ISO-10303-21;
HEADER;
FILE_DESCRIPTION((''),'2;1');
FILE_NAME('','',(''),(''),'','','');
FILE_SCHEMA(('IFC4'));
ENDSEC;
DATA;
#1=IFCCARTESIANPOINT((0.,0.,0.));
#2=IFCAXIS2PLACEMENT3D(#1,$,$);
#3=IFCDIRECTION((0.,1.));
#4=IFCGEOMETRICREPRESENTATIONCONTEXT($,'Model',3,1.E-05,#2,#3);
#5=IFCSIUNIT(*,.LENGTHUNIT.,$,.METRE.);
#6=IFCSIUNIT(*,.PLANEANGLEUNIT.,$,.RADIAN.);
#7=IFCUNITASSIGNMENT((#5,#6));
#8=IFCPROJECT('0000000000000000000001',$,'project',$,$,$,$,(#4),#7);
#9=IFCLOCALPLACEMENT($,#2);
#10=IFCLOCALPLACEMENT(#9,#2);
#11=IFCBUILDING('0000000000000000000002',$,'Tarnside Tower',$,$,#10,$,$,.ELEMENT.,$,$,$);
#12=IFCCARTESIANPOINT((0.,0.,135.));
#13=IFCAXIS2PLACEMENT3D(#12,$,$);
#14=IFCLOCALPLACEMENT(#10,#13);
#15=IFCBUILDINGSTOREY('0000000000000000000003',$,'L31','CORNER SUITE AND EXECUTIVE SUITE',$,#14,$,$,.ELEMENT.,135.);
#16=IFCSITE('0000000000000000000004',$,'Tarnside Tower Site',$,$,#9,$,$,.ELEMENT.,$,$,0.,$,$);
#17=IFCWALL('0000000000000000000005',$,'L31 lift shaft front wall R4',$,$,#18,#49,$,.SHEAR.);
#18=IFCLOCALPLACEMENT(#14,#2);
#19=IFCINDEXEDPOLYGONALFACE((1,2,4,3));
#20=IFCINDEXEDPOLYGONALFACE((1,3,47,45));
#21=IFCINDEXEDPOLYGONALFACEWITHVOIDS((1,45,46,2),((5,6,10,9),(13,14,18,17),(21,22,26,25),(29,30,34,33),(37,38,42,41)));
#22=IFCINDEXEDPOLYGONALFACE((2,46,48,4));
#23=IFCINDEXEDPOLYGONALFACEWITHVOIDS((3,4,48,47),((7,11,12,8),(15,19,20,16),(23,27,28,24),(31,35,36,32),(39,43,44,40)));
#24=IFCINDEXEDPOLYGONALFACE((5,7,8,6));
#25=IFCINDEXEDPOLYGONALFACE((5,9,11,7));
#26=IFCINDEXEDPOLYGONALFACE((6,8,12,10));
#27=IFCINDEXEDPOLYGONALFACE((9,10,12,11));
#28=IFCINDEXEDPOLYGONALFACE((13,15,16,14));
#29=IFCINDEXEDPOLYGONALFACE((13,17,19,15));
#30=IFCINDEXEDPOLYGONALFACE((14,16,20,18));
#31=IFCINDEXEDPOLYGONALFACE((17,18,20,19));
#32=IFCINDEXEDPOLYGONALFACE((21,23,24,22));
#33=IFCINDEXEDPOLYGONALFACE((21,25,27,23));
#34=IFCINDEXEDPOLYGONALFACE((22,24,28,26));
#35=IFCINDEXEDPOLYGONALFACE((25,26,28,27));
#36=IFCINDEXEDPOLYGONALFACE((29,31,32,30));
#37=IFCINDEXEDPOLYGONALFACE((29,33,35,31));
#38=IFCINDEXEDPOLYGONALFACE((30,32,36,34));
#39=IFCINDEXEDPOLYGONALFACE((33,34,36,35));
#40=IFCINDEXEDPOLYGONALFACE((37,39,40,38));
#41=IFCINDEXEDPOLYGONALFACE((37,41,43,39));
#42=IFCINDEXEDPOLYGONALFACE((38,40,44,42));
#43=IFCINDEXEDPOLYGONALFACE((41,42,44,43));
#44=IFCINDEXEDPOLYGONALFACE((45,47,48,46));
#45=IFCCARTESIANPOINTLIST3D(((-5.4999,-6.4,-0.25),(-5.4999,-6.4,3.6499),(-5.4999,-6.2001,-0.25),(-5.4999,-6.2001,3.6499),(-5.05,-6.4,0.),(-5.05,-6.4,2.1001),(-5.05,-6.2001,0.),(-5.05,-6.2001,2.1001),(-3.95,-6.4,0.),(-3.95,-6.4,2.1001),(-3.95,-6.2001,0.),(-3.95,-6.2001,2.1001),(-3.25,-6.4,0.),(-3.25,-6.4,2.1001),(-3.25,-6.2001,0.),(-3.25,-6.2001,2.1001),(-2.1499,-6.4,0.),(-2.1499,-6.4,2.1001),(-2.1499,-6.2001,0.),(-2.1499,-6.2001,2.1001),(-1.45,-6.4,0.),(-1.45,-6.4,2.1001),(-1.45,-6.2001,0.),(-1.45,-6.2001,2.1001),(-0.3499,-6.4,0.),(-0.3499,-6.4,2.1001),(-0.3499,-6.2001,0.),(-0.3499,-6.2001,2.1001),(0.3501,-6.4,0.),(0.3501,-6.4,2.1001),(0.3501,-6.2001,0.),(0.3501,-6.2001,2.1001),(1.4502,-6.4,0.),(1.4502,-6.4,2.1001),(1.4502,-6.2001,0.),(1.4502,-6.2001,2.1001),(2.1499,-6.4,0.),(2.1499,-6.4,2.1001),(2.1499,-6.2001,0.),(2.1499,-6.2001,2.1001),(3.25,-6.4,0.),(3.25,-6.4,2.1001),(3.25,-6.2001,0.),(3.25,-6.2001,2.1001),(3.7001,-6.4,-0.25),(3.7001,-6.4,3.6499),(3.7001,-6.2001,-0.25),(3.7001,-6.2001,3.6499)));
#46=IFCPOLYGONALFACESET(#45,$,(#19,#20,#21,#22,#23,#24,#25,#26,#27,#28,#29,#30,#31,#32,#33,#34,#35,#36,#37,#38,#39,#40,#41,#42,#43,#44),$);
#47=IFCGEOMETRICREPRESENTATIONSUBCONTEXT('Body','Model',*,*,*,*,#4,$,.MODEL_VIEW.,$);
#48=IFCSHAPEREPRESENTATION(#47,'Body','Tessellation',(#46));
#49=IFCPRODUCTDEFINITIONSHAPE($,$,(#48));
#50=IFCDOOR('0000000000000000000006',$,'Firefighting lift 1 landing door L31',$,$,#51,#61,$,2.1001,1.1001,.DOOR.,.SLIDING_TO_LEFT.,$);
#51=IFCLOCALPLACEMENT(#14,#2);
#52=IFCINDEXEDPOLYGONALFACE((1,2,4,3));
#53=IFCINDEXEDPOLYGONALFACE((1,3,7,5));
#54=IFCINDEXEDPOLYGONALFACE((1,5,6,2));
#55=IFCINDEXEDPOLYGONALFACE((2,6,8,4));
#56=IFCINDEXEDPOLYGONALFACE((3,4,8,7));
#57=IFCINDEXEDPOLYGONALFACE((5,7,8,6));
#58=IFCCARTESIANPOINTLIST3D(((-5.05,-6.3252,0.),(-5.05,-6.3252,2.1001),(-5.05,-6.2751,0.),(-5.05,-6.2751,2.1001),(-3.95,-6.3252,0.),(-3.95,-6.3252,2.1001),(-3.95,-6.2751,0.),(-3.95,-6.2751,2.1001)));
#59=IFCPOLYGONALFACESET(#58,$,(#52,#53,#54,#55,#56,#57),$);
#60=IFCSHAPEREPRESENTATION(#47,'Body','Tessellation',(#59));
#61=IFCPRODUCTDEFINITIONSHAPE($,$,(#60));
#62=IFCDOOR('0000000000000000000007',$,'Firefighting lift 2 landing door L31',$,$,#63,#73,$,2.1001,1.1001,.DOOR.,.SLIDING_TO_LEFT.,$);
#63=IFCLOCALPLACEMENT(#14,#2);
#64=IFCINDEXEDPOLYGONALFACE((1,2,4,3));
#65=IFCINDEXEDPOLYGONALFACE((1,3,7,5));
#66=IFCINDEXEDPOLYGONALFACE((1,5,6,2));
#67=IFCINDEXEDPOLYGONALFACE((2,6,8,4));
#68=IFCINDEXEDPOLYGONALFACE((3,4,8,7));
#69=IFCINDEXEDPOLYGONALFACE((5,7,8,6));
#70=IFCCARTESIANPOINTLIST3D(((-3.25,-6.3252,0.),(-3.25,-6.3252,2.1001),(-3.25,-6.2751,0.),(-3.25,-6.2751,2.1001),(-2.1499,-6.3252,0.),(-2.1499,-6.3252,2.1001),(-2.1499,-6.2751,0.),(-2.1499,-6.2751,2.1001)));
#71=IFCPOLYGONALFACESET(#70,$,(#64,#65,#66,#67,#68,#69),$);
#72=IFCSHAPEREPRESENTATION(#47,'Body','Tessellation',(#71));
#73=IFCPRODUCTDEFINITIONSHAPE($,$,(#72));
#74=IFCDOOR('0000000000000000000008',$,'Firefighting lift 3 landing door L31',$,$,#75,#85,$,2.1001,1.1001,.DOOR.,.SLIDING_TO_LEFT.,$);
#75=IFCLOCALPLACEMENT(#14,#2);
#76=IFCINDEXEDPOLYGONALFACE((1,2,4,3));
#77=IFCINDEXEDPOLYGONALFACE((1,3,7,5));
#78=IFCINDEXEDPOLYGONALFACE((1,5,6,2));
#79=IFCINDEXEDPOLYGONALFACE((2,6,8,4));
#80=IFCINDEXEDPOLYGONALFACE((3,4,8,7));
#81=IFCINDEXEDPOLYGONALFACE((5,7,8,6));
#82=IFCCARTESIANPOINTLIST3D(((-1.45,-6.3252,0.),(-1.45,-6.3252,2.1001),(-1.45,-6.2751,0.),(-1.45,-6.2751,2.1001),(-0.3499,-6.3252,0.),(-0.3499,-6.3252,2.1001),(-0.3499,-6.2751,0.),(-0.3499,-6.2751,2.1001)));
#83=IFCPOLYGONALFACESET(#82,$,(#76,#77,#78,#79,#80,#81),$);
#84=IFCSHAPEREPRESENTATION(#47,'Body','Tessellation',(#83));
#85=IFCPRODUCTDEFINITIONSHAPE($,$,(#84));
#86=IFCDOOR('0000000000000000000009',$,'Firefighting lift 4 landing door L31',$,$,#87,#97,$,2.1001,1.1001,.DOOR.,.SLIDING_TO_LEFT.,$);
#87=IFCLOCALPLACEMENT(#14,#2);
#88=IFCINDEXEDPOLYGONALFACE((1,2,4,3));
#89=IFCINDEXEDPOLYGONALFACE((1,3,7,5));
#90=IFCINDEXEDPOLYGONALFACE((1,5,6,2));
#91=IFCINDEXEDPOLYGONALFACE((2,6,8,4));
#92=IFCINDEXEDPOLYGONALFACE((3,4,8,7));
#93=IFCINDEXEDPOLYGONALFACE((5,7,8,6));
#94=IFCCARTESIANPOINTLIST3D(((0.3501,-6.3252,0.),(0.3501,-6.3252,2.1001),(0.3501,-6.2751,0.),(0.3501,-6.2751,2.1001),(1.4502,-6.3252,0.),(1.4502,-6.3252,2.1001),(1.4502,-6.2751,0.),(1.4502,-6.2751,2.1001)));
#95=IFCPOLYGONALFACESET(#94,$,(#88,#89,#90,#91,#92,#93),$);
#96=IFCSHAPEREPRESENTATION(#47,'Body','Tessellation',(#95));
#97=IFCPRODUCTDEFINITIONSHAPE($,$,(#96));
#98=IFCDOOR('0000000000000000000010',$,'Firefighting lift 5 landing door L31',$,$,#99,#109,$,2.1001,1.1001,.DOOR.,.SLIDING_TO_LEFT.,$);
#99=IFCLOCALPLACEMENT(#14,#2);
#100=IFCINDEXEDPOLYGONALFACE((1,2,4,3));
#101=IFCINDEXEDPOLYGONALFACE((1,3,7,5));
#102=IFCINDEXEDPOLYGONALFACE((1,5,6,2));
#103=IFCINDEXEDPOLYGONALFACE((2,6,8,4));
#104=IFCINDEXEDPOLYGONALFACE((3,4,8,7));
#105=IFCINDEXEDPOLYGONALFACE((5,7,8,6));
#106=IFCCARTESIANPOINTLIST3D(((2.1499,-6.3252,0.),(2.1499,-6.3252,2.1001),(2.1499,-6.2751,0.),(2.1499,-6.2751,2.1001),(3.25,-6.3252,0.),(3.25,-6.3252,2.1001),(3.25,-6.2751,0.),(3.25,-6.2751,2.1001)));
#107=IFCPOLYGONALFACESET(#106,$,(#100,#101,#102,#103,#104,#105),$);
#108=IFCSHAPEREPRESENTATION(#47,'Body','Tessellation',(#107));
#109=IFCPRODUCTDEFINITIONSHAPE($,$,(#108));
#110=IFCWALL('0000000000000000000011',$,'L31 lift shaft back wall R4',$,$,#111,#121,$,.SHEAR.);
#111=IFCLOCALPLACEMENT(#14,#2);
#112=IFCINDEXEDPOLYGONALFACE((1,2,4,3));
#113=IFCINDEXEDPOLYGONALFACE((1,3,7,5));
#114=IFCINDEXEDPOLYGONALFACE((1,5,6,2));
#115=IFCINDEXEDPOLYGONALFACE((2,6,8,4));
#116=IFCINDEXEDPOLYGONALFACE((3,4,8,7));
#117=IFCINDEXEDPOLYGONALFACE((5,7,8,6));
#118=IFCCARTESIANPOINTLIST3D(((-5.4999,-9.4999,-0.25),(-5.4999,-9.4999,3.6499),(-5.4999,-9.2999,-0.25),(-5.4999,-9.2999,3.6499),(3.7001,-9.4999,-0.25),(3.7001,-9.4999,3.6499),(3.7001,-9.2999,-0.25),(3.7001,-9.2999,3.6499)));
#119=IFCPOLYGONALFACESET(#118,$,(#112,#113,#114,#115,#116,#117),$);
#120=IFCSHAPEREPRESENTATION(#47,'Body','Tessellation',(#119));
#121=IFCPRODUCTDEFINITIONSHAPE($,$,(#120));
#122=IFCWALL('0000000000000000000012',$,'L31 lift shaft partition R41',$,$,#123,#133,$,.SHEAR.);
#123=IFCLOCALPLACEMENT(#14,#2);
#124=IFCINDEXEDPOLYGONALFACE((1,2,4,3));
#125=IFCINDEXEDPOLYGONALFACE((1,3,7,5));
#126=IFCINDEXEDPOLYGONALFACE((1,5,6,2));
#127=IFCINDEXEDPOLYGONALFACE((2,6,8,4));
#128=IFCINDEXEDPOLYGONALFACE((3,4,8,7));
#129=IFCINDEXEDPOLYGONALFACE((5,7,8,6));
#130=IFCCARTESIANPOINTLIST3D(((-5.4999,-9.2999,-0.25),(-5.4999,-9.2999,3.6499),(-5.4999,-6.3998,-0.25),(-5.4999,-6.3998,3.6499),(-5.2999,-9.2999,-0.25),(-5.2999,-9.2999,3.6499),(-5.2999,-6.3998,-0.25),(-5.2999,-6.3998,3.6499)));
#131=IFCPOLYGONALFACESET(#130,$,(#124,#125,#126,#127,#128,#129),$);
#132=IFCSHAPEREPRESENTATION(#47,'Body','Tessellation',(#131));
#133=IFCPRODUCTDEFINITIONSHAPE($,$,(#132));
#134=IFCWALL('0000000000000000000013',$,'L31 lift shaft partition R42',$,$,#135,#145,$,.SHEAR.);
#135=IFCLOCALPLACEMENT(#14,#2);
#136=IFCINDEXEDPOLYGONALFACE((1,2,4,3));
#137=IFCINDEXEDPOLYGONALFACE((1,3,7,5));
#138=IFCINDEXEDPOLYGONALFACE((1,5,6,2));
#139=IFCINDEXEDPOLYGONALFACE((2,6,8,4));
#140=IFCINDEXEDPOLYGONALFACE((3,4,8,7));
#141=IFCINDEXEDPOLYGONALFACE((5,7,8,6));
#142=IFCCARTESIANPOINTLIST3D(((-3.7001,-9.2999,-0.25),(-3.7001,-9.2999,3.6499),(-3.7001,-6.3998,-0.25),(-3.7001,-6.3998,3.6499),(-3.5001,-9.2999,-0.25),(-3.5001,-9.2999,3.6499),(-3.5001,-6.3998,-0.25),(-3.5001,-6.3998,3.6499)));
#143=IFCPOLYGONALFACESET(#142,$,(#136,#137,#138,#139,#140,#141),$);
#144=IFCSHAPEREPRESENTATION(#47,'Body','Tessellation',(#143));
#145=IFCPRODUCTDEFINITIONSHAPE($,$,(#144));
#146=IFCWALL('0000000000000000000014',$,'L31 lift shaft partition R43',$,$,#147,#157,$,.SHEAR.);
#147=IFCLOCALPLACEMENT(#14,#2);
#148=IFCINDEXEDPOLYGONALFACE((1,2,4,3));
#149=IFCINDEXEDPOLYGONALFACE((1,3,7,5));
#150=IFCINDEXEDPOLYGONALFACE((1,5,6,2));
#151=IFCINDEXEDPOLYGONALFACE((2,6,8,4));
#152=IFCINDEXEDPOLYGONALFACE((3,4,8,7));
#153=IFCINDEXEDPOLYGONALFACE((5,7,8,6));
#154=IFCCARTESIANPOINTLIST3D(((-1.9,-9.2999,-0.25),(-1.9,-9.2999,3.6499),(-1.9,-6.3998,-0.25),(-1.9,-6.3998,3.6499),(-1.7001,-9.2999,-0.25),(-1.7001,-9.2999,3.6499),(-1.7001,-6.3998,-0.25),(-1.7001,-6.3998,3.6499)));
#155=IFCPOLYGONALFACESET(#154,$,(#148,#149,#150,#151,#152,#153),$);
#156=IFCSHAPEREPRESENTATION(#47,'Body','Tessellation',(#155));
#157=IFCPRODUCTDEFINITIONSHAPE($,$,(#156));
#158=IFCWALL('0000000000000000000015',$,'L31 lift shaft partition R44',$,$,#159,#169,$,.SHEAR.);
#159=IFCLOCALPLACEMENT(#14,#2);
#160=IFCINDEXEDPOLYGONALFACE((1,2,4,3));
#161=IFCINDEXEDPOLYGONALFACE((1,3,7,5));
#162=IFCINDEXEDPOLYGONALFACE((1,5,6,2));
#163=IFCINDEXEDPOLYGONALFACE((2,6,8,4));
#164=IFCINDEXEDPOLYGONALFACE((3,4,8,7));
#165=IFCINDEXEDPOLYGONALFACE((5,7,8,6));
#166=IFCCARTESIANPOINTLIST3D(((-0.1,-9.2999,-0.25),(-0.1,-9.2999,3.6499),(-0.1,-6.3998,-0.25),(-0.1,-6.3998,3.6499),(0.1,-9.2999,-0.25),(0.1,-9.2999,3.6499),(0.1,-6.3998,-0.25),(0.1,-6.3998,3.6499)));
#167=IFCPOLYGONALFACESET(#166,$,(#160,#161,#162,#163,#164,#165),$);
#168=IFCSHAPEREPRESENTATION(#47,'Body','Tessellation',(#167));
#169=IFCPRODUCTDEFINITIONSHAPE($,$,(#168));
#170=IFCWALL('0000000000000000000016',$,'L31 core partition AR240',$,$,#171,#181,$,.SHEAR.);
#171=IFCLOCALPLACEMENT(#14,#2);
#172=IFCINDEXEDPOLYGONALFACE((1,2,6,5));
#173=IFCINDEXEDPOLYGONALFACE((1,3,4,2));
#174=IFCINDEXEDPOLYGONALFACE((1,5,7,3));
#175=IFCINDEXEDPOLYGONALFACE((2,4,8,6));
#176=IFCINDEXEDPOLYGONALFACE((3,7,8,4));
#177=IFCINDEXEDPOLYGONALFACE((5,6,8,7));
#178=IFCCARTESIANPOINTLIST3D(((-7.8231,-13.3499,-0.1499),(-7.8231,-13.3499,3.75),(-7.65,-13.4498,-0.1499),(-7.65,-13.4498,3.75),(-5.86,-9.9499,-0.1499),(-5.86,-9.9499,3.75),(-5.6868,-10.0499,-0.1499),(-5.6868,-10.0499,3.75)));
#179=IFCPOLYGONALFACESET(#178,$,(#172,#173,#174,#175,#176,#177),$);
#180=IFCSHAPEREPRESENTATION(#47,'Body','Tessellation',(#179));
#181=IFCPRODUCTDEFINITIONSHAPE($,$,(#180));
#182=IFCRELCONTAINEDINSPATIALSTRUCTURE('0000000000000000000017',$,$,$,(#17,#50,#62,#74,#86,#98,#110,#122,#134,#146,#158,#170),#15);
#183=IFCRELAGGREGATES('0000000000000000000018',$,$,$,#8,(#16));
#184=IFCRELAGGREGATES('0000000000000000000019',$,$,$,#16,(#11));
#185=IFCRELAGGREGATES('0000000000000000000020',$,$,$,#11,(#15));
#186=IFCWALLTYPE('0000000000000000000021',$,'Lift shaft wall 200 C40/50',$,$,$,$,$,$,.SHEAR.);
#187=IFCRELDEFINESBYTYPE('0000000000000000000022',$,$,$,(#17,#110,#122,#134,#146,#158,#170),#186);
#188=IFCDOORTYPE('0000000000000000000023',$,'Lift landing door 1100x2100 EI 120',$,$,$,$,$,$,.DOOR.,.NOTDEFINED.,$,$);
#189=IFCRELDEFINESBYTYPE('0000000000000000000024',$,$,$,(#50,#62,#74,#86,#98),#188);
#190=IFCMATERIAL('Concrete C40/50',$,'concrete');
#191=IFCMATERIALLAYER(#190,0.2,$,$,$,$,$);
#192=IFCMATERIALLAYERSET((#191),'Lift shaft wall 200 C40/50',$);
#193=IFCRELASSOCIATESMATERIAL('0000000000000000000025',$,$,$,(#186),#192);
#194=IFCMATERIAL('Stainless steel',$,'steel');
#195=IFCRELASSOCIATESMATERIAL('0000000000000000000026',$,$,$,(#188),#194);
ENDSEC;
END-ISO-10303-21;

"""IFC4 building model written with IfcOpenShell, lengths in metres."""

from ifc_helpers import new_model, si_unit, direction, frame, frame_2d, origin, place, context, subcontext, project, spatial, rectangle, extrude, material, layer, layer_set, type_object, element, fill, save


model = new_model("IFC4")

# Units and contexts
model_context = context("Model", 3, precision=1e-05, world=origin(), true_north=direction((0.0, 1.0)))
body_context = subcontext(model_context, "Body", "Model", "MODEL_VIEW")
ifc_project = project(units=[si_unit("LENGTHUNIT", "METRE"), si_unit("PLANEANGLEUNIT", "RADIAN")], contexts=[model_context])

# Site, building, storey
site_placement = place(None, origin())
site = spatial("IfcSite", under=ifc_project, at=site_placement, Name="Tarnside Tower Site", CompositionType="ELEMENT", RefElevation=0.0)
building_placement = place(site_placement, origin())
building = spatial("IfcBuilding", under=site, at=building_placement, Name="Tarnside Tower", CompositionType="ELEMENT")
storey_placement = place(building_placement, frame((0.0, 0.0, 135.0)))
storey = spatial("IfcBuildingStorey", under=building, at=storey_placement, Name="L31", Description="CORNER SUITE AND EXECUTIVE SUITE", CompositionType="ELEMENT", Elevation=135.0)

# Shared definitions
ifc_material_1 = material(Name="Concrete C40/50", Category="concrete")

# Wall, openings, doors
ifc_layer_1 = layer(ifc_material_1, 0.2)
ifc_layer_set_1 = layer_set([ifc_layer_1], Name="Lift shaft wall 200 C40/50")
wall_type_1 = type_object("IfcWallType", Name="Lift shaft wall 200 C40/50", PredefinedType="SHEAR", material=ifc_layer_set_1)
wall_1_placement = place(storey_placement, frame((-5.5, -6.3, -0.25), z_axis=(0.0, 0.0, 1.0), x_axis=(1.0, 0.0, 0.0)))
wall_1 = element("IfcWall", 1, at=wall_1_placement, inside=storey, type_object=wall_type_1, Name="L31 lift shaft front wall R4", PredefinedType="SHEAR", context=body_context, shape_type="SweptSolid", body=[
    extrude(rectangle(XDim=9.2, YDim=0.2, at=frame_2d((4.6001, 0.0))), origin(), (0.0, 0.0, 1.0), 3.8999),
])
opening_1_placement = place(wall_1_placement, frame((0.45, 0.0, 0.25)))
opening_1 = element("IfcOpeningElement", 2, at=opening_1_placement, cuts=wall_1, PredefinedType="OPENING", context=body_context, shape_type="SweptSolid", body=[
    extrude(rectangle(XDim=1.1001, YDim=2.1001, at=frame_2d((0.55, 1.05))), frame((0.0, 0.1099, 0.0), z_axis=(0.0, -1.0, 0.0), x_axis=(1.0, 0.0, 0.0)), (0.0, 0.0, 1.0), 0.22),
])
opening_2_placement = place(wall_1_placement, frame((2.25, 0.0, 0.25)))
opening_2 = element("IfcOpeningElement", 3, at=opening_2_placement, cuts=wall_1, PredefinedType="OPENING", context=body_context, shape_type="SweptSolid", body=[
    extrude(rectangle(XDim=1.1001, YDim=2.1001, at=frame_2d((0.55, 1.05))), frame((0.0, 0.1099, 0.0), z_axis=(0.0, -1.0, 0.0), x_axis=(1.0, 0.0, 0.0)), (0.0, 0.0, 1.0), 0.22),
])
opening_3_placement = place(wall_1_placement, frame((4.05, 0.0, 0.25)))
opening_3 = element("IfcOpeningElement", 4, at=opening_3_placement, cuts=wall_1, PredefinedType="OPENING", context=body_context, shape_type="SweptSolid", body=[
    extrude(rectangle(XDim=1.1001, YDim=2.1001, at=frame_2d((0.55, 1.05))), frame((0.0, 0.1099, 0.0), z_axis=(0.0, -1.0, 0.0), x_axis=(1.0, 0.0, 0.0)), (0.0, 0.0, 1.0), 0.22),
])
opening_4_placement = place(wall_1_placement, frame((5.8501, 0.0, 0.25)))
opening_4 = element("IfcOpeningElement", 5, at=opening_4_placement, cuts=wall_1, PredefinedType="OPENING", context=body_context, shape_type="SweptSolid", body=[
    extrude(rectangle(XDim=1.1001, YDim=2.1001, at=frame_2d((0.55, 1.05))), frame((0.0, 0.1099, 0.0), z_axis=(0.0, -1.0, 0.0), x_axis=(1.0, 0.0, 0.0)), (0.0, 0.0, 1.0), 0.22),
])
opening_5_placement = place(wall_1_placement, frame((7.6499, 0.0, 0.25)))
opening_5 = element("IfcOpeningElement", 6, at=opening_5_placement, cuts=wall_1, PredefinedType="OPENING", context=body_context, shape_type="SweptSolid", body=[
    extrude(rectangle(XDim=1.1001, YDim=2.1001, at=frame_2d((0.55, 1.05))), frame((0.0, 0.1099, 0.0), z_axis=(0.0, -1.0, 0.0), x_axis=(1.0, 0.0, 0.0)), (0.0, 0.0, 1.0), 0.22),
])
ifc_material_2 = material(Name="Stainless steel", Category="steel")
door_type_1 = type_object("IfcDoorType", Name="Lift landing door 1100x2100 EI 120", OperationType="NOTDEFINED", PredefinedType="DOOR", material=ifc_material_2)
door_1_placement = place(opening_1_placement, origin())
door_1 = element("IfcDoor", 7, at=door_1_placement, inside=storey, type_object=door_type_1, Name="Firefighting lift 1 landing door L31", OperationType="SLIDING_TO_LEFT", OverallHeight=2.1001, OverallWidth=1.1001, PredefinedType="DOOR", context=body_context, shape_type="SweptSolid", body=[
    extrude(rectangle(XDim=1.1001, YDim=2.1001, at=frame_2d((0.55, 1.05))), frame((0.0, 0.0249, 0.0), z_axis=(0.0, -1.0, 0.0), x_axis=(1.0, 0.0, 0.0)), (0.0, 0.0, 1.0), 0.05),
])
fill(opening_1, door_1)
door_2_placement = place(opening_2_placement, origin())
door_2 = element("IfcDoor", 8, at=door_2_placement, inside=storey, type_object=door_type_1, Name="Firefighting lift 2 landing door L31", OperationType="SLIDING_TO_LEFT", OverallHeight=2.1001, OverallWidth=1.1001, PredefinedType="DOOR", context=body_context, shape_type="SweptSolid", body=[
    extrude(rectangle(XDim=1.1001, YDim=2.1001, at=frame_2d((0.55, 1.05))), frame((0.0, 0.0249, 0.0), z_axis=(0.0, -1.0, 0.0), x_axis=(1.0, 0.0, 0.0)), (0.0, 0.0, 1.0), 0.05),
])
fill(opening_2, door_2)
door_3_placement = place(opening_3_placement, origin())
door_3 = element("IfcDoor", 9, at=door_3_placement, inside=storey, type_object=door_type_1, Name="Firefighting lift 3 landing door L31", OperationType="SLIDING_TO_LEFT", OverallHeight=2.1001, OverallWidth=1.1001, PredefinedType="DOOR", context=body_context, shape_type="SweptSolid", body=[
    extrude(rectangle(XDim=1.1001, YDim=2.1001, at=frame_2d((0.55, 1.05))), frame((0.0, 0.0249, 0.0), z_axis=(0.0, -1.0, 0.0), x_axis=(1.0, 0.0, 0.0)), (0.0, 0.0, 1.0), 0.05),
])
fill(opening_3, door_3)
door_4_placement = place(opening_4_placement, origin())
door_4 = element("IfcDoor", 10, at=door_4_placement, inside=storey, type_object=door_type_1, Name="Firefighting lift 4 landing door L31", OperationType="SLIDING_TO_LEFT", OverallHeight=2.1001, OverallWidth=1.1001, PredefinedType="DOOR", context=body_context, shape_type="SweptSolid", body=[
    extrude(rectangle(XDim=1.1001, YDim=2.1001, at=frame_2d((0.55, 1.05))), frame((0.0, 0.0249, 0.0), z_axis=(0.0, -1.0, 0.0), x_axis=(1.0, 0.0, 0.0)), (0.0, 0.0, 1.0), 0.05),
])
fill(opening_4, door_4)
door_5_placement = place(opening_5_placement, origin())
door_5 = element("IfcDoor", 11, at=door_5_placement, inside=storey, type_object=door_type_1, Name="Firefighting lift 5 landing door L31", OperationType="SLIDING_TO_LEFT", OverallHeight=2.1001, OverallWidth=1.1001, PredefinedType="DOOR", context=body_context, shape_type="SweptSolid", body=[
    extrude(rectangle(XDim=1.1001, YDim=2.1001, at=frame_2d((0.55, 1.05))), frame((0.0, 0.0249, 0.0), z_axis=(0.0, -1.0, 0.0), x_axis=(1.0, 0.0, 0.0)), (0.0, 0.0, 1.0), 0.05),
])
fill(opening_5, door_5)

# Walls
wall_2_placement = place(storey_placement, frame((-5.5, -9.3999, -0.25), z_axis=(0.0, 0.0, 1.0), x_axis=(1.0, 0.0, 0.0)))
element("IfcWall", 12, at=wall_2_placement, inside=storey, type_object=wall_type_1, Name="L31 lift shaft back wall R4", PredefinedType="SHEAR", context=body_context, shape_type="SweptSolid", body=[
    extrude(rectangle(XDim=9.2, YDim=0.2, at=frame_2d((4.6001, 0.0))), origin(), (0.0, 0.0, 1.0), 3.8999),
])
for number, where, z_axis, x_axis, name in (
    (13, (-5.3999, -9.3, -0.25), (0.0, 0.0, 1.0), (0.0, 1.0, 0.0), "L31 lift shaft partition R41"),
    (14, (-3.6001, -9.3, -0.25), (0.0, 0.0, 1.0), (0.0, 1.0, 0.0), "L31 lift shaft partition R42"),
    (15, (-1.8, -9.3, -0.25), (0.0, 0.0, 1.0), (0.0, 1.0, 0.0), "L31 lift shaft partition R43"),
    (16, (0.0, -9.3, -0.25), (0.0, 0.0, 1.0), (0.0, 1.0, 0.0), "L31 lift shaft partition R44"),
):
    element("IfcWall", number, at=place(storey_placement, frame(where, z_axis=z_axis, x_axis=x_axis)), inside=storey, type_object=wall_type_1, Name=name, PredefinedType="SHEAR", context=body_context, shape_type="SweptSolid", body=[
        extrude(rectangle(XDim=2.9001, YDim=0.2, at=frame_2d((1.4502, 0.0))), origin(), (0.0, 0.0, 1.0), 3.8999),
    ])
wall_3_placement = place(storey_placement, frame((-5.7734, -10.0, -0.1499), z_axis=(0.0, 0.0, 1.0), x_axis=(-0.500038, -0.866003, 0.0)))
element("IfcWall", 17, at=wall_3_placement, inside=storey, type_object=wall_type_1, Name="L31 core partition AR240", PredefinedType="SHEAR", context=body_context, shape_type="SweptSolid", body=[
    extrude(rectangle(XDim=3.926, YDim=0.2, at=frame_2d((1.9629, 0.0))), origin(), (0.0, 0.0, 1.0), 3.8999),
])

save(model, "model.ifc")
